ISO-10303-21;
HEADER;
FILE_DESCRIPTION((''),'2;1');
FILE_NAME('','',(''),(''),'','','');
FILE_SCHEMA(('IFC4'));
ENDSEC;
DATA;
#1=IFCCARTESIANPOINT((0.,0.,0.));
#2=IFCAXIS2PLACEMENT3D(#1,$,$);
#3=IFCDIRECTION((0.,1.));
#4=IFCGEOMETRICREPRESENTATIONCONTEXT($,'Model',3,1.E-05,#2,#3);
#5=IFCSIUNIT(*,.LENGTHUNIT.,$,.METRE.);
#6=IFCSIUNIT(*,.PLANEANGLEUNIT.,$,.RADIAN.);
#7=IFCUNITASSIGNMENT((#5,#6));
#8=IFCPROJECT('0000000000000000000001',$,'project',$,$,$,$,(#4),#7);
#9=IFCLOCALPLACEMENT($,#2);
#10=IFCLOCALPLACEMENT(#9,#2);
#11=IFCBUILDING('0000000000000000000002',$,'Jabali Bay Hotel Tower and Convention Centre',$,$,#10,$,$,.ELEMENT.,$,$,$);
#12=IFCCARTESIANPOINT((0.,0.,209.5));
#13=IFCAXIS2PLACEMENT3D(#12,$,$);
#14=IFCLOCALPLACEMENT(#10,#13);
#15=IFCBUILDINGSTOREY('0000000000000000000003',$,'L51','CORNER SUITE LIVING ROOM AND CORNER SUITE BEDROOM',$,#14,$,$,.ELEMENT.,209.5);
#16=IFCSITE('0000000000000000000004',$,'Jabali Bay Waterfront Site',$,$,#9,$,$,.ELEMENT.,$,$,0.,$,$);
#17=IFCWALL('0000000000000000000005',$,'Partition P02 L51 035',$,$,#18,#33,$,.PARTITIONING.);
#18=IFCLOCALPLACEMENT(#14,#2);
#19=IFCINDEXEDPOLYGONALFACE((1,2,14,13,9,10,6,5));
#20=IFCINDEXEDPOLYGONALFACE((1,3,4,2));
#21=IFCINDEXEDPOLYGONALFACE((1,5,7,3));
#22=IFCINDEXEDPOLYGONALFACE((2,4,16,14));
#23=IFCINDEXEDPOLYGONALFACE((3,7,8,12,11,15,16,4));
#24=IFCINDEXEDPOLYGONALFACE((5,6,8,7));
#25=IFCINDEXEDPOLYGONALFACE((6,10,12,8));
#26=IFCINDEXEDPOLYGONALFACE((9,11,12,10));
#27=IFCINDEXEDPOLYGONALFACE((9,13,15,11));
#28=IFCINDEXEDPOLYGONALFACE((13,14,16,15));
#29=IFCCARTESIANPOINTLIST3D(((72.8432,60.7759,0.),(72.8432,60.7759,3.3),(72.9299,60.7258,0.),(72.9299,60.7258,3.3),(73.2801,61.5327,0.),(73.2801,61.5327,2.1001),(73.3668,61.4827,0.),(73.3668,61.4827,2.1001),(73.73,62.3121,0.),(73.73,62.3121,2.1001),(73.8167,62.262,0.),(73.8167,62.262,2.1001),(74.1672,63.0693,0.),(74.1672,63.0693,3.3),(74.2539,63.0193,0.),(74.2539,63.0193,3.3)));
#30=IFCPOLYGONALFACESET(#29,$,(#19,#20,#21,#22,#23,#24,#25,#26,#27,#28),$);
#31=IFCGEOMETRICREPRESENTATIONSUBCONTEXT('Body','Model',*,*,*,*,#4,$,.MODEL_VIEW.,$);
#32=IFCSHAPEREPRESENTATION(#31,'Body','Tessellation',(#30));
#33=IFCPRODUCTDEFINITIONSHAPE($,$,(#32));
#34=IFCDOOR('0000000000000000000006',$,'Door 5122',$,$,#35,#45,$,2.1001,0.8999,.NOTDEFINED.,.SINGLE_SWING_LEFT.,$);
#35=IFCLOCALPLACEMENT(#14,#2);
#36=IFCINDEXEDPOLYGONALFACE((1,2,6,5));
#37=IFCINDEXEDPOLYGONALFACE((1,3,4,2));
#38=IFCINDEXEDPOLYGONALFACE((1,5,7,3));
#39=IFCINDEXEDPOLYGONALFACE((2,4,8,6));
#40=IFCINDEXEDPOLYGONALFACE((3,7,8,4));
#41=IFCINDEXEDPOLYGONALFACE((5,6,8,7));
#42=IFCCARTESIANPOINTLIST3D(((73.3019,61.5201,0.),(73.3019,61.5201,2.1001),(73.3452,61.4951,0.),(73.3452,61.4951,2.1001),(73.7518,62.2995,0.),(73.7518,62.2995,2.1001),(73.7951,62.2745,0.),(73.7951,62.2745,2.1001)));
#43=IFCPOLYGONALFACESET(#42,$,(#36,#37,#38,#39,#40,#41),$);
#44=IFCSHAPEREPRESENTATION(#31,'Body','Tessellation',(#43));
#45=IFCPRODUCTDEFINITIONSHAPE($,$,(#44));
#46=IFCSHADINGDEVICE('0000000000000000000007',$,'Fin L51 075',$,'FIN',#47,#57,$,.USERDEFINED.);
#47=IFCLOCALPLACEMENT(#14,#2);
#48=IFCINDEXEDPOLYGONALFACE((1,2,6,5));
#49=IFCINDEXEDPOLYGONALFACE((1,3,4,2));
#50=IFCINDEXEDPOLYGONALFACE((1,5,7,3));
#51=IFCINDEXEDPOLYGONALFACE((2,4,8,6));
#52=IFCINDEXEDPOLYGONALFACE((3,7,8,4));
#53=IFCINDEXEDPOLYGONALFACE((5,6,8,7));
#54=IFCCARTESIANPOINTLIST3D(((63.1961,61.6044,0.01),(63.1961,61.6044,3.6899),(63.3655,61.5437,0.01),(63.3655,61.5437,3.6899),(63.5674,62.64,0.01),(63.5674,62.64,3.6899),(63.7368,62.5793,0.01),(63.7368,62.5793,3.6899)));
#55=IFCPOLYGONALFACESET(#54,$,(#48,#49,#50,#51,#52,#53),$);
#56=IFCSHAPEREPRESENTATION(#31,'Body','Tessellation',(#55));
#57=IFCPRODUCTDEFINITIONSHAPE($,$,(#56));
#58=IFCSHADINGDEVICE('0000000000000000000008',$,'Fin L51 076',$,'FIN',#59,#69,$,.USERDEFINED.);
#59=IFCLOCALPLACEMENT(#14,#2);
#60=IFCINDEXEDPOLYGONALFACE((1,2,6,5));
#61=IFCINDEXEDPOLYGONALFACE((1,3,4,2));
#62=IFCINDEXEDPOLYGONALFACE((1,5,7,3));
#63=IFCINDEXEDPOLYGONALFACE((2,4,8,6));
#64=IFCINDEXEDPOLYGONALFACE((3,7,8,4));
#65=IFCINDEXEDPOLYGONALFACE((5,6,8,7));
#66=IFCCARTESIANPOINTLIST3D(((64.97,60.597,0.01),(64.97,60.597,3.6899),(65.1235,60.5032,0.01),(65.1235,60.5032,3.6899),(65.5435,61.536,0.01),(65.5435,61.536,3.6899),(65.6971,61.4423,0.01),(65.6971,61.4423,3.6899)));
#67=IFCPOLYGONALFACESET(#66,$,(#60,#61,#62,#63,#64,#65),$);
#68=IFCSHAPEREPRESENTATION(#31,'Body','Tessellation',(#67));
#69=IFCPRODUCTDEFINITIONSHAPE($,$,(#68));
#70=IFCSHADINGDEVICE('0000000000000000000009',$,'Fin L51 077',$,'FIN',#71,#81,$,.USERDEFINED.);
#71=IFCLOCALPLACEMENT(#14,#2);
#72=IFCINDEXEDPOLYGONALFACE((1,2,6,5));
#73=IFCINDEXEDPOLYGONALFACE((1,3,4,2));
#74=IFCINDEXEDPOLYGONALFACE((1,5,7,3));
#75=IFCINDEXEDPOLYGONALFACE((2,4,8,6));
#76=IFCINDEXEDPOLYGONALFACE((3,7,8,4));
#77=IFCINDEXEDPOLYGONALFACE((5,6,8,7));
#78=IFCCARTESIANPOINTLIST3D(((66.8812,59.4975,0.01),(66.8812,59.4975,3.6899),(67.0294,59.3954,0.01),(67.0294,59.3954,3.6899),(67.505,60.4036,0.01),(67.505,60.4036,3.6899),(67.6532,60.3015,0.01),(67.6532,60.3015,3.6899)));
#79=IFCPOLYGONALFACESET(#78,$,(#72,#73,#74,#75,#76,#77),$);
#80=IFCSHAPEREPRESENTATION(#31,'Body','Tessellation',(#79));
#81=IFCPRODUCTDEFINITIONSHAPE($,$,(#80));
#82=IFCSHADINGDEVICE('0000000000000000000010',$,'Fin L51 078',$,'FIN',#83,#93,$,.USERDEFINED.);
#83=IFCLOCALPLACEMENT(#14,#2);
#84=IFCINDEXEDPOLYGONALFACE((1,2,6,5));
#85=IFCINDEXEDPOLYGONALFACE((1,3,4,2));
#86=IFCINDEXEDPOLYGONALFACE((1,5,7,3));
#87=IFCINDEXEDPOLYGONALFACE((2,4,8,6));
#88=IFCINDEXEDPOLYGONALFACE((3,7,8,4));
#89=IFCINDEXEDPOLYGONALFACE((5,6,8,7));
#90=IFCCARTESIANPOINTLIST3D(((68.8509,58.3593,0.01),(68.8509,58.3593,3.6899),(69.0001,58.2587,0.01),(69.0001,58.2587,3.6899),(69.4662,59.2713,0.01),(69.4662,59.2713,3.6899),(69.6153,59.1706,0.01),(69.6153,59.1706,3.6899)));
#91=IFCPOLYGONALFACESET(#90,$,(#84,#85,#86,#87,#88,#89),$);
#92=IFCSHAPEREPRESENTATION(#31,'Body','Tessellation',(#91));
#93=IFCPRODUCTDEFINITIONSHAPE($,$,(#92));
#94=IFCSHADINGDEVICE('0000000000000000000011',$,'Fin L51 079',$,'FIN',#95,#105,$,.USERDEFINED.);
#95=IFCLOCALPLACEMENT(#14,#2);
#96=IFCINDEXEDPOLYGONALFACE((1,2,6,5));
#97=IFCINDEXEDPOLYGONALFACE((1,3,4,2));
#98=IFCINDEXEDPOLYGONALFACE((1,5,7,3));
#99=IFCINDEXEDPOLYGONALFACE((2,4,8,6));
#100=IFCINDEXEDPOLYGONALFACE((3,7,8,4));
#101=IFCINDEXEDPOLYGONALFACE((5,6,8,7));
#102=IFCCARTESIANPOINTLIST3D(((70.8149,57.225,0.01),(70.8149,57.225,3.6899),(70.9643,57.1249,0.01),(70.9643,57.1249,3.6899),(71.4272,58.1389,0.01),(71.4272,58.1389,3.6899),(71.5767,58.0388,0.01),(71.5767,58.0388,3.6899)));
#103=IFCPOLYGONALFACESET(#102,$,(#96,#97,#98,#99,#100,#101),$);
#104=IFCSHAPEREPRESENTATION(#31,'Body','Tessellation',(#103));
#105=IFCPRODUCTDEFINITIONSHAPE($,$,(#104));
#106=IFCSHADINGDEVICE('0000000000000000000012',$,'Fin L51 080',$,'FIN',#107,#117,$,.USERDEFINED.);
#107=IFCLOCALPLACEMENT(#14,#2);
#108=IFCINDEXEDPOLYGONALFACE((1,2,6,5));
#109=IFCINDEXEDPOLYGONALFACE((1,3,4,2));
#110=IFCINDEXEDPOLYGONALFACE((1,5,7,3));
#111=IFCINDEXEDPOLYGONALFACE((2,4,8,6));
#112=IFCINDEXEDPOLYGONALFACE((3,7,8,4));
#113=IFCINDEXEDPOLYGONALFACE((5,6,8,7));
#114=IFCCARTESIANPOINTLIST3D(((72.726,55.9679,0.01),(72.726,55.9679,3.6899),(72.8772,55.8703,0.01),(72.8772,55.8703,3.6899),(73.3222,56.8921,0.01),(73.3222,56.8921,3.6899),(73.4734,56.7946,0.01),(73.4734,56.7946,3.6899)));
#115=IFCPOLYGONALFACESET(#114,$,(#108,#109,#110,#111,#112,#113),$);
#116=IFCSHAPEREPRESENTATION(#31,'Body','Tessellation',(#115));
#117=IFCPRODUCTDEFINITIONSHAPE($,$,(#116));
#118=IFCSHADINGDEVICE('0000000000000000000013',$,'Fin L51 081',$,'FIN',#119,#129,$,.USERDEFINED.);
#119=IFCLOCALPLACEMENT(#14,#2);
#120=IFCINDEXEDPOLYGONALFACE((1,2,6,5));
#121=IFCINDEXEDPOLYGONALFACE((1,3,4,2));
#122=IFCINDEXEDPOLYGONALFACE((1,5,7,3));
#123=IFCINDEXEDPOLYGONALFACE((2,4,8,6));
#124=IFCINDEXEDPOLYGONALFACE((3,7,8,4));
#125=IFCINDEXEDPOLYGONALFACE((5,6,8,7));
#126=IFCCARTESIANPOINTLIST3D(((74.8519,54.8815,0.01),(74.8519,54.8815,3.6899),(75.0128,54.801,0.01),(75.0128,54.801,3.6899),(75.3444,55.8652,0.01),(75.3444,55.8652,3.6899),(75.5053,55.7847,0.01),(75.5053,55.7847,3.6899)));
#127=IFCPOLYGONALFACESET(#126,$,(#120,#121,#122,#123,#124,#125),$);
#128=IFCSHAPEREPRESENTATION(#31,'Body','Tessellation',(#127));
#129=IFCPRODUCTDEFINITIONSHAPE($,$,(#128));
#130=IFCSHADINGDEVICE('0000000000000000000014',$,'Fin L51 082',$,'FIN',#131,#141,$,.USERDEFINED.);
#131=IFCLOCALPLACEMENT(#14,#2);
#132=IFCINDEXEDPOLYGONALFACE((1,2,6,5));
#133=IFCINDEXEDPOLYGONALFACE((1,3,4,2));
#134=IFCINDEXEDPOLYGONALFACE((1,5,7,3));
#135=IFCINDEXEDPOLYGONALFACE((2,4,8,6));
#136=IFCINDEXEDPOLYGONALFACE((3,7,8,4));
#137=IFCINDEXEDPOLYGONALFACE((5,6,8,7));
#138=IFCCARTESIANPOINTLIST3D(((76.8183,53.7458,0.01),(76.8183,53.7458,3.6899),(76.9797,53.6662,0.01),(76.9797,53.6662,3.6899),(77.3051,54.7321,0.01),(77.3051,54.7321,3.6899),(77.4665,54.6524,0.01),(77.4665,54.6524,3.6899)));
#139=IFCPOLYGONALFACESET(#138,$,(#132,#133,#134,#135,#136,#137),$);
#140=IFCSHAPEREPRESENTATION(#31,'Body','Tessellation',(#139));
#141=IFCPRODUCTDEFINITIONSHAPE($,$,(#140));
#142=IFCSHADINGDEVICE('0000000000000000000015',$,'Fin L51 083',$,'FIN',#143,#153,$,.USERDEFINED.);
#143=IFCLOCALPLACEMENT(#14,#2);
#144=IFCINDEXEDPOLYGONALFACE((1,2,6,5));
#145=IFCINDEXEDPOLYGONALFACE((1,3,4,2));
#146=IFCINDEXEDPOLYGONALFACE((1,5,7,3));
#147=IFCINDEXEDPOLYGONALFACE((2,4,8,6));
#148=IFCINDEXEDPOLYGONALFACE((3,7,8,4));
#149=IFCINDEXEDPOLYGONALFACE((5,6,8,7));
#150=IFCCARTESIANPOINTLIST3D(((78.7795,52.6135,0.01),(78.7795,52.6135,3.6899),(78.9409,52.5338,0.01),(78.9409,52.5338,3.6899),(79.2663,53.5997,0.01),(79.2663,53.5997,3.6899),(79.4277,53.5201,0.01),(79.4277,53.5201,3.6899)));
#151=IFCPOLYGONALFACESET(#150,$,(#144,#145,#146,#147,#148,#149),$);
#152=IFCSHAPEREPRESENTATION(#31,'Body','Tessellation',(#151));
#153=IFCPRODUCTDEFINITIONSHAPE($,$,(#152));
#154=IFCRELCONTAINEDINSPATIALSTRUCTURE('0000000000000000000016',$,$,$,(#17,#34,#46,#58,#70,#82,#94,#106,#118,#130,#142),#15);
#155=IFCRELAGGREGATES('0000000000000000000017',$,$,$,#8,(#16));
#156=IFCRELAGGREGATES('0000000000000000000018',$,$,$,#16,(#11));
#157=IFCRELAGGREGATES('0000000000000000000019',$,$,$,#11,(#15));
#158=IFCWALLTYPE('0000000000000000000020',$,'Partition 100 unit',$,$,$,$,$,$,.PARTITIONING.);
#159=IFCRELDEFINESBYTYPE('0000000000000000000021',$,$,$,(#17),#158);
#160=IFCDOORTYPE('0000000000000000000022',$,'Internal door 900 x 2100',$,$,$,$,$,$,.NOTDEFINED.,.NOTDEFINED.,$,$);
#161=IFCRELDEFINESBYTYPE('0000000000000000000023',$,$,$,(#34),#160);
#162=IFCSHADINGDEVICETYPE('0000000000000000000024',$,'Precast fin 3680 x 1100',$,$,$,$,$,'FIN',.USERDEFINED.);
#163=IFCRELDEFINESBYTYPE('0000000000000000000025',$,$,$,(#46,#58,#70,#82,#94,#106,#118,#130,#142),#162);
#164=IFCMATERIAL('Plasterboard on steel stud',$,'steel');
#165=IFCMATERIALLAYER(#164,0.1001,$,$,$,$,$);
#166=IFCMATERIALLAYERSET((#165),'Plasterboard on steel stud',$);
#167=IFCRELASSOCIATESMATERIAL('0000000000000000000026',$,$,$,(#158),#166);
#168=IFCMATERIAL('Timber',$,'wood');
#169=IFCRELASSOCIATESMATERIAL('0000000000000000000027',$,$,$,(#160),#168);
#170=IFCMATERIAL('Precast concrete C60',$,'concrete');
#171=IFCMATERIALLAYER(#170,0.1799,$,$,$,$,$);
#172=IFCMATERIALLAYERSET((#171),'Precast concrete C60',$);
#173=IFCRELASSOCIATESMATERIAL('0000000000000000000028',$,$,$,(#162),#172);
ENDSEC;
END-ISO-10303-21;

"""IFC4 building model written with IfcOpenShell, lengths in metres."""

from ifc_helpers import new_model, si_unit, direction, frame, frame_2d, origin, place, context, subcontext, project, spatial, rectangle, extrude, material, layer, layer_set, type_object, element, fill, save


model = new_model("IFC4")

# Units and contexts
model_context = context("Model", 3, precision=1e-05, world=origin(), true_north=direction((0.0, 1.0)))
body_context = subcontext(model_context, "Body", "Model", "MODEL_VIEW")
ifc_project = project(units=[si_unit("LENGTHUNIT", "METRE"), si_unit("PLANEANGLEUNIT", "RADIAN")], contexts=[model_context])

# Site, building, storey
site_placement = place(None, origin())
site = spatial("IfcSite", under=ifc_project, at=site_placement, Name="Jabali Bay Waterfront Site", CompositionType="ELEMENT", RefElevation=0.0)
building_placement = place(site_placement, origin())
building = spatial("IfcBuilding", under=site, at=building_placement, Name="Jabali Bay Hotel Tower and Convention Centre", CompositionType="ELEMENT")
storey_placement = place(building_placement, frame((0.0, 0.0, 209.5)))
storey = spatial("IfcBuildingStorey", under=building, at=storey_placement, Name="L51", Description="CORNER SUITE LIVING ROOM AND CORNER SUITE BEDROOM", CompositionType="ELEMENT", Elevation=209.5)

# Wall, opening, door
ifc_material_1 = material(Name="Plasterboard on steel stud", Category="steel")
ifc_layer_1 = layer(ifc_material_1, 0.1001)
ifc_layer_set_1 = layer_set([ifc_layer_1], Name="Plasterboard on steel stud")
wall_type_1 = type_object("IfcWallType", Name="Partition 100 unit", PredefinedType="PARTITIONING", material=ifc_layer_set_1)
wall_1_placement = place(storey_placement, frame((72.8865, 60.7507, 0.0), z_axis=(0.0, 0.0, 1.0), x_axis=(0.499957, 0.86605, 0.0)))
wall_1 = element("IfcWall", 1, at=wall_1_placement, inside=storey, type_object=wall_type_1, Name="Partition P02 L51 035", PredefinedType="PARTITIONING", context=body_context, shape_type="SweptSolid", body=[
    extrude(rectangle(XDim=2.6482, YDim=0.1001, at=frame_2d((1.3242, 0.0))), origin(), (0.0, 0.0, 1.0), 3.3),
])
opening_1_placement = place(wall_1_placement, frame((0.874, 0.0, 0.0)))
opening_1 = element("IfcOpeningElement", 2, at=opening_1_placement, cuts=wall_1, PredefinedType="OPENING", context=body_context, shape_type="SweptSolid", body=[
    extrude(rectangle(XDim=0.8999, YDim=2.1001, at=frame_2d((0.45, 1.05))), frame((0.0, 0.0605, 0.0), z_axis=(0.0, -1.0, 0.0), x_axis=(1.0, 0.0, 0.0)), (0.0, 0.0, 1.0), 0.1211),
])
ifc_material_2 = material(Name="Timber", Category="wood")
door_type_1 = type_object("IfcDoorType", Name="Internal door 900 x 2100", OperationType="NOTDEFINED", PredefinedType="NOTDEFINED", material=ifc_material_2)
door_1_placement = place(opening_1_placement, origin())
door_1 = element("IfcDoor", 3, at=door_1_placement, inside=storey, type_object=door_type_1, Name="Door 5122", OperationType="SINGLE_SWING_LEFT", OverallHeight=2.1001, OverallWidth=0.8999, PredefinedType="NOTDEFINED", context=body_context, shape_type="SweptSolid", body=[
    extrude(rectangle(XDim=0.8999, YDim=2.1001, at=frame_2d((0.45, 1.05))), frame((0.0, 0.0249, 0.0), z_axis=(0.0, -1.0, 0.0), x_axis=(1.0, 0.0, 0.0)), (0.0, 0.0, 1.0), 0.05),
])
fill(opening_1, door_1)

# Shading devices
ifc_material_3 = material(Name="Precast concrete C60", Category="concrete")
ifc_layer_2 = layer(ifc_material_3, 0.1799)
ifc_layer_set_2 = layer_set([ifc_layer_2], Name="Precast concrete C60")
shading_device_type = type_object("IfcShadingDeviceType", Name="Precast fin 3680 x 1100", ElementType="FIN", PredefinedType="USERDEFINED", material=ifc_layer_set_2)
shading_device_1_placement = place(storey_placement, frame((63.6521, 62.6096, 0.01), z_axis=(0.0, 0.0, 1.0), x_axis=(-0.337517, -0.941319, 0.0)))
element("IfcShadingDevice", 4, at=shading_device_1_placement, inside=storey, type_object=shading_device_type, Name="Fin L51 075", ObjectType="FIN", PredefinedType="USERDEFINED", context=body_context, shape_type="SweptSolid", body=[
    extrude(rectangle(XDim=1.1001, YDim=0.1799, at=frame_2d((0.55, 0.0))), origin(), (0.0, 0.0, 1.0), 3.6799),
])
shading_device_2_placement = place(storey_placement, frame((65.6204, 61.4893, 0.01), z_axis=(0.0, 0.0, 1.0), x_axis=(-0.521235, -0.853413, 0.0)))
element("IfcShadingDevice", 5, at=shading_device_2_placement, inside=storey, type_object=shading_device_type, Name="Fin L51 076", ObjectType="FIN", PredefinedType="USERDEFINED", context=body_context, shape_type="SweptSolid", body=[
    extrude(rectangle(XDim=1.1003, YDim=0.1799, at=frame_2d((0.5503, 0.0))), origin(), (0.0, 0.0, 1.0), 3.6799),
])
for number, where, z_axis, x_axis, name in (
    (6, (67.5791, 60.3525, 0.01), (0.0, 0.0, 1.0), (-0.567084, -0.82366, 0.0), "Fin L51 077"),
    (7, (69.5408, 59.2209, 0.01), (0.0, 0.0, 1.0), (-0.559301, -0.828964, 0.0), "Fin L51 078"),
    (8, (71.502, 58.0889, 0.01), (0.0, 0.0, 1.0), (-0.556645, -0.83075, 0.0), "Fin L51 079"),
):
    element("IfcShadingDevice", number, at=place(storey_placement, frame(where, z_axis=z_axis, x_axis=x_axis)), inside=storey, type_object=shading_device_type, Name=name, ObjectType="FIN", PredefinedType="USERDEFINED", context=body_context, shape_type="SweptSolid", body=[
        extrude(rectangle(XDim=1.1001, YDim=0.1799, at=frame_2d((0.55, 0.0))), origin(), (0.0, 0.0, 1.0), 3.6799),
    ])
shading_device_3_placement = place(storey_placement, frame((73.3977, 56.8433, 0.01), z_axis=(0.0, 0.0, 1.0), x_axis=(-0.542036, -0.840355, 0.0)))
element("IfcShadingDevice", 9, at=shading_device_3_placement, inside=storey, type_object=shading_device_type, Name="Fin L51 080", ObjectType="FIN", PredefinedType="USERDEFINED", context=body_context, shape_type="SweptSolid", body=[
    extrude(rectangle(XDim=1.0999, YDim=0.1799, at=frame_2d((0.5498, 0.0))), origin(), (0.0, 0.0, 1.0), 3.6799),
])
shading_device_4_placement = place(storey_placement, frame((75.4248, 55.825, 0.01), z_axis=(0.0, 0.0, 1.0), x_axis=(-0.447657, -0.894205, 0.0)))
element("IfcShadingDevice", 10, at=shading_device_4_placement, inside=storey, type_object=shading_device_type, Name="Fin L51 081", ObjectType="FIN", PredefinedType="USERDEFINED", context=body_context, shape_type="SweptSolid", body=[
    extrude(rectangle(XDim=1.1001, YDim=0.1799, at=frame_2d((0.55, 0.0))), origin(), (0.0, 0.0, 1.0), 3.6799),
])
for number, where, z_axis, x_axis, name in (
    (11, (77.3857, 54.6921, 0.01), (0.0, 0.0, 1.0), (-0.442591, -0.896724, 0.0), "Fin L51 082"),
    (12, (79.3469, 53.5598, 0.01), (0.0, 0.0, 1.0), (-0.442591, -0.896724, 0.0), "Fin L51 083"),
):
    element("IfcShadingDevice", number, at=place(storey_placement, frame(where, z_axis=z_axis, x_axis=x_axis)), inside=storey, type_object=shading_device_type, Name=name, ObjectType="FIN", PredefinedType="USERDEFINED", context=body_context, shape_type="SweptSolid", body=[
        extrude(rectangle(XDim=1.0999, YDim=0.1799, at=frame_2d((0.5498, 0.0))), origin(), (0.0, 0.0, 1.0), 3.6799),
    ])

save(model, "model.ifc")
